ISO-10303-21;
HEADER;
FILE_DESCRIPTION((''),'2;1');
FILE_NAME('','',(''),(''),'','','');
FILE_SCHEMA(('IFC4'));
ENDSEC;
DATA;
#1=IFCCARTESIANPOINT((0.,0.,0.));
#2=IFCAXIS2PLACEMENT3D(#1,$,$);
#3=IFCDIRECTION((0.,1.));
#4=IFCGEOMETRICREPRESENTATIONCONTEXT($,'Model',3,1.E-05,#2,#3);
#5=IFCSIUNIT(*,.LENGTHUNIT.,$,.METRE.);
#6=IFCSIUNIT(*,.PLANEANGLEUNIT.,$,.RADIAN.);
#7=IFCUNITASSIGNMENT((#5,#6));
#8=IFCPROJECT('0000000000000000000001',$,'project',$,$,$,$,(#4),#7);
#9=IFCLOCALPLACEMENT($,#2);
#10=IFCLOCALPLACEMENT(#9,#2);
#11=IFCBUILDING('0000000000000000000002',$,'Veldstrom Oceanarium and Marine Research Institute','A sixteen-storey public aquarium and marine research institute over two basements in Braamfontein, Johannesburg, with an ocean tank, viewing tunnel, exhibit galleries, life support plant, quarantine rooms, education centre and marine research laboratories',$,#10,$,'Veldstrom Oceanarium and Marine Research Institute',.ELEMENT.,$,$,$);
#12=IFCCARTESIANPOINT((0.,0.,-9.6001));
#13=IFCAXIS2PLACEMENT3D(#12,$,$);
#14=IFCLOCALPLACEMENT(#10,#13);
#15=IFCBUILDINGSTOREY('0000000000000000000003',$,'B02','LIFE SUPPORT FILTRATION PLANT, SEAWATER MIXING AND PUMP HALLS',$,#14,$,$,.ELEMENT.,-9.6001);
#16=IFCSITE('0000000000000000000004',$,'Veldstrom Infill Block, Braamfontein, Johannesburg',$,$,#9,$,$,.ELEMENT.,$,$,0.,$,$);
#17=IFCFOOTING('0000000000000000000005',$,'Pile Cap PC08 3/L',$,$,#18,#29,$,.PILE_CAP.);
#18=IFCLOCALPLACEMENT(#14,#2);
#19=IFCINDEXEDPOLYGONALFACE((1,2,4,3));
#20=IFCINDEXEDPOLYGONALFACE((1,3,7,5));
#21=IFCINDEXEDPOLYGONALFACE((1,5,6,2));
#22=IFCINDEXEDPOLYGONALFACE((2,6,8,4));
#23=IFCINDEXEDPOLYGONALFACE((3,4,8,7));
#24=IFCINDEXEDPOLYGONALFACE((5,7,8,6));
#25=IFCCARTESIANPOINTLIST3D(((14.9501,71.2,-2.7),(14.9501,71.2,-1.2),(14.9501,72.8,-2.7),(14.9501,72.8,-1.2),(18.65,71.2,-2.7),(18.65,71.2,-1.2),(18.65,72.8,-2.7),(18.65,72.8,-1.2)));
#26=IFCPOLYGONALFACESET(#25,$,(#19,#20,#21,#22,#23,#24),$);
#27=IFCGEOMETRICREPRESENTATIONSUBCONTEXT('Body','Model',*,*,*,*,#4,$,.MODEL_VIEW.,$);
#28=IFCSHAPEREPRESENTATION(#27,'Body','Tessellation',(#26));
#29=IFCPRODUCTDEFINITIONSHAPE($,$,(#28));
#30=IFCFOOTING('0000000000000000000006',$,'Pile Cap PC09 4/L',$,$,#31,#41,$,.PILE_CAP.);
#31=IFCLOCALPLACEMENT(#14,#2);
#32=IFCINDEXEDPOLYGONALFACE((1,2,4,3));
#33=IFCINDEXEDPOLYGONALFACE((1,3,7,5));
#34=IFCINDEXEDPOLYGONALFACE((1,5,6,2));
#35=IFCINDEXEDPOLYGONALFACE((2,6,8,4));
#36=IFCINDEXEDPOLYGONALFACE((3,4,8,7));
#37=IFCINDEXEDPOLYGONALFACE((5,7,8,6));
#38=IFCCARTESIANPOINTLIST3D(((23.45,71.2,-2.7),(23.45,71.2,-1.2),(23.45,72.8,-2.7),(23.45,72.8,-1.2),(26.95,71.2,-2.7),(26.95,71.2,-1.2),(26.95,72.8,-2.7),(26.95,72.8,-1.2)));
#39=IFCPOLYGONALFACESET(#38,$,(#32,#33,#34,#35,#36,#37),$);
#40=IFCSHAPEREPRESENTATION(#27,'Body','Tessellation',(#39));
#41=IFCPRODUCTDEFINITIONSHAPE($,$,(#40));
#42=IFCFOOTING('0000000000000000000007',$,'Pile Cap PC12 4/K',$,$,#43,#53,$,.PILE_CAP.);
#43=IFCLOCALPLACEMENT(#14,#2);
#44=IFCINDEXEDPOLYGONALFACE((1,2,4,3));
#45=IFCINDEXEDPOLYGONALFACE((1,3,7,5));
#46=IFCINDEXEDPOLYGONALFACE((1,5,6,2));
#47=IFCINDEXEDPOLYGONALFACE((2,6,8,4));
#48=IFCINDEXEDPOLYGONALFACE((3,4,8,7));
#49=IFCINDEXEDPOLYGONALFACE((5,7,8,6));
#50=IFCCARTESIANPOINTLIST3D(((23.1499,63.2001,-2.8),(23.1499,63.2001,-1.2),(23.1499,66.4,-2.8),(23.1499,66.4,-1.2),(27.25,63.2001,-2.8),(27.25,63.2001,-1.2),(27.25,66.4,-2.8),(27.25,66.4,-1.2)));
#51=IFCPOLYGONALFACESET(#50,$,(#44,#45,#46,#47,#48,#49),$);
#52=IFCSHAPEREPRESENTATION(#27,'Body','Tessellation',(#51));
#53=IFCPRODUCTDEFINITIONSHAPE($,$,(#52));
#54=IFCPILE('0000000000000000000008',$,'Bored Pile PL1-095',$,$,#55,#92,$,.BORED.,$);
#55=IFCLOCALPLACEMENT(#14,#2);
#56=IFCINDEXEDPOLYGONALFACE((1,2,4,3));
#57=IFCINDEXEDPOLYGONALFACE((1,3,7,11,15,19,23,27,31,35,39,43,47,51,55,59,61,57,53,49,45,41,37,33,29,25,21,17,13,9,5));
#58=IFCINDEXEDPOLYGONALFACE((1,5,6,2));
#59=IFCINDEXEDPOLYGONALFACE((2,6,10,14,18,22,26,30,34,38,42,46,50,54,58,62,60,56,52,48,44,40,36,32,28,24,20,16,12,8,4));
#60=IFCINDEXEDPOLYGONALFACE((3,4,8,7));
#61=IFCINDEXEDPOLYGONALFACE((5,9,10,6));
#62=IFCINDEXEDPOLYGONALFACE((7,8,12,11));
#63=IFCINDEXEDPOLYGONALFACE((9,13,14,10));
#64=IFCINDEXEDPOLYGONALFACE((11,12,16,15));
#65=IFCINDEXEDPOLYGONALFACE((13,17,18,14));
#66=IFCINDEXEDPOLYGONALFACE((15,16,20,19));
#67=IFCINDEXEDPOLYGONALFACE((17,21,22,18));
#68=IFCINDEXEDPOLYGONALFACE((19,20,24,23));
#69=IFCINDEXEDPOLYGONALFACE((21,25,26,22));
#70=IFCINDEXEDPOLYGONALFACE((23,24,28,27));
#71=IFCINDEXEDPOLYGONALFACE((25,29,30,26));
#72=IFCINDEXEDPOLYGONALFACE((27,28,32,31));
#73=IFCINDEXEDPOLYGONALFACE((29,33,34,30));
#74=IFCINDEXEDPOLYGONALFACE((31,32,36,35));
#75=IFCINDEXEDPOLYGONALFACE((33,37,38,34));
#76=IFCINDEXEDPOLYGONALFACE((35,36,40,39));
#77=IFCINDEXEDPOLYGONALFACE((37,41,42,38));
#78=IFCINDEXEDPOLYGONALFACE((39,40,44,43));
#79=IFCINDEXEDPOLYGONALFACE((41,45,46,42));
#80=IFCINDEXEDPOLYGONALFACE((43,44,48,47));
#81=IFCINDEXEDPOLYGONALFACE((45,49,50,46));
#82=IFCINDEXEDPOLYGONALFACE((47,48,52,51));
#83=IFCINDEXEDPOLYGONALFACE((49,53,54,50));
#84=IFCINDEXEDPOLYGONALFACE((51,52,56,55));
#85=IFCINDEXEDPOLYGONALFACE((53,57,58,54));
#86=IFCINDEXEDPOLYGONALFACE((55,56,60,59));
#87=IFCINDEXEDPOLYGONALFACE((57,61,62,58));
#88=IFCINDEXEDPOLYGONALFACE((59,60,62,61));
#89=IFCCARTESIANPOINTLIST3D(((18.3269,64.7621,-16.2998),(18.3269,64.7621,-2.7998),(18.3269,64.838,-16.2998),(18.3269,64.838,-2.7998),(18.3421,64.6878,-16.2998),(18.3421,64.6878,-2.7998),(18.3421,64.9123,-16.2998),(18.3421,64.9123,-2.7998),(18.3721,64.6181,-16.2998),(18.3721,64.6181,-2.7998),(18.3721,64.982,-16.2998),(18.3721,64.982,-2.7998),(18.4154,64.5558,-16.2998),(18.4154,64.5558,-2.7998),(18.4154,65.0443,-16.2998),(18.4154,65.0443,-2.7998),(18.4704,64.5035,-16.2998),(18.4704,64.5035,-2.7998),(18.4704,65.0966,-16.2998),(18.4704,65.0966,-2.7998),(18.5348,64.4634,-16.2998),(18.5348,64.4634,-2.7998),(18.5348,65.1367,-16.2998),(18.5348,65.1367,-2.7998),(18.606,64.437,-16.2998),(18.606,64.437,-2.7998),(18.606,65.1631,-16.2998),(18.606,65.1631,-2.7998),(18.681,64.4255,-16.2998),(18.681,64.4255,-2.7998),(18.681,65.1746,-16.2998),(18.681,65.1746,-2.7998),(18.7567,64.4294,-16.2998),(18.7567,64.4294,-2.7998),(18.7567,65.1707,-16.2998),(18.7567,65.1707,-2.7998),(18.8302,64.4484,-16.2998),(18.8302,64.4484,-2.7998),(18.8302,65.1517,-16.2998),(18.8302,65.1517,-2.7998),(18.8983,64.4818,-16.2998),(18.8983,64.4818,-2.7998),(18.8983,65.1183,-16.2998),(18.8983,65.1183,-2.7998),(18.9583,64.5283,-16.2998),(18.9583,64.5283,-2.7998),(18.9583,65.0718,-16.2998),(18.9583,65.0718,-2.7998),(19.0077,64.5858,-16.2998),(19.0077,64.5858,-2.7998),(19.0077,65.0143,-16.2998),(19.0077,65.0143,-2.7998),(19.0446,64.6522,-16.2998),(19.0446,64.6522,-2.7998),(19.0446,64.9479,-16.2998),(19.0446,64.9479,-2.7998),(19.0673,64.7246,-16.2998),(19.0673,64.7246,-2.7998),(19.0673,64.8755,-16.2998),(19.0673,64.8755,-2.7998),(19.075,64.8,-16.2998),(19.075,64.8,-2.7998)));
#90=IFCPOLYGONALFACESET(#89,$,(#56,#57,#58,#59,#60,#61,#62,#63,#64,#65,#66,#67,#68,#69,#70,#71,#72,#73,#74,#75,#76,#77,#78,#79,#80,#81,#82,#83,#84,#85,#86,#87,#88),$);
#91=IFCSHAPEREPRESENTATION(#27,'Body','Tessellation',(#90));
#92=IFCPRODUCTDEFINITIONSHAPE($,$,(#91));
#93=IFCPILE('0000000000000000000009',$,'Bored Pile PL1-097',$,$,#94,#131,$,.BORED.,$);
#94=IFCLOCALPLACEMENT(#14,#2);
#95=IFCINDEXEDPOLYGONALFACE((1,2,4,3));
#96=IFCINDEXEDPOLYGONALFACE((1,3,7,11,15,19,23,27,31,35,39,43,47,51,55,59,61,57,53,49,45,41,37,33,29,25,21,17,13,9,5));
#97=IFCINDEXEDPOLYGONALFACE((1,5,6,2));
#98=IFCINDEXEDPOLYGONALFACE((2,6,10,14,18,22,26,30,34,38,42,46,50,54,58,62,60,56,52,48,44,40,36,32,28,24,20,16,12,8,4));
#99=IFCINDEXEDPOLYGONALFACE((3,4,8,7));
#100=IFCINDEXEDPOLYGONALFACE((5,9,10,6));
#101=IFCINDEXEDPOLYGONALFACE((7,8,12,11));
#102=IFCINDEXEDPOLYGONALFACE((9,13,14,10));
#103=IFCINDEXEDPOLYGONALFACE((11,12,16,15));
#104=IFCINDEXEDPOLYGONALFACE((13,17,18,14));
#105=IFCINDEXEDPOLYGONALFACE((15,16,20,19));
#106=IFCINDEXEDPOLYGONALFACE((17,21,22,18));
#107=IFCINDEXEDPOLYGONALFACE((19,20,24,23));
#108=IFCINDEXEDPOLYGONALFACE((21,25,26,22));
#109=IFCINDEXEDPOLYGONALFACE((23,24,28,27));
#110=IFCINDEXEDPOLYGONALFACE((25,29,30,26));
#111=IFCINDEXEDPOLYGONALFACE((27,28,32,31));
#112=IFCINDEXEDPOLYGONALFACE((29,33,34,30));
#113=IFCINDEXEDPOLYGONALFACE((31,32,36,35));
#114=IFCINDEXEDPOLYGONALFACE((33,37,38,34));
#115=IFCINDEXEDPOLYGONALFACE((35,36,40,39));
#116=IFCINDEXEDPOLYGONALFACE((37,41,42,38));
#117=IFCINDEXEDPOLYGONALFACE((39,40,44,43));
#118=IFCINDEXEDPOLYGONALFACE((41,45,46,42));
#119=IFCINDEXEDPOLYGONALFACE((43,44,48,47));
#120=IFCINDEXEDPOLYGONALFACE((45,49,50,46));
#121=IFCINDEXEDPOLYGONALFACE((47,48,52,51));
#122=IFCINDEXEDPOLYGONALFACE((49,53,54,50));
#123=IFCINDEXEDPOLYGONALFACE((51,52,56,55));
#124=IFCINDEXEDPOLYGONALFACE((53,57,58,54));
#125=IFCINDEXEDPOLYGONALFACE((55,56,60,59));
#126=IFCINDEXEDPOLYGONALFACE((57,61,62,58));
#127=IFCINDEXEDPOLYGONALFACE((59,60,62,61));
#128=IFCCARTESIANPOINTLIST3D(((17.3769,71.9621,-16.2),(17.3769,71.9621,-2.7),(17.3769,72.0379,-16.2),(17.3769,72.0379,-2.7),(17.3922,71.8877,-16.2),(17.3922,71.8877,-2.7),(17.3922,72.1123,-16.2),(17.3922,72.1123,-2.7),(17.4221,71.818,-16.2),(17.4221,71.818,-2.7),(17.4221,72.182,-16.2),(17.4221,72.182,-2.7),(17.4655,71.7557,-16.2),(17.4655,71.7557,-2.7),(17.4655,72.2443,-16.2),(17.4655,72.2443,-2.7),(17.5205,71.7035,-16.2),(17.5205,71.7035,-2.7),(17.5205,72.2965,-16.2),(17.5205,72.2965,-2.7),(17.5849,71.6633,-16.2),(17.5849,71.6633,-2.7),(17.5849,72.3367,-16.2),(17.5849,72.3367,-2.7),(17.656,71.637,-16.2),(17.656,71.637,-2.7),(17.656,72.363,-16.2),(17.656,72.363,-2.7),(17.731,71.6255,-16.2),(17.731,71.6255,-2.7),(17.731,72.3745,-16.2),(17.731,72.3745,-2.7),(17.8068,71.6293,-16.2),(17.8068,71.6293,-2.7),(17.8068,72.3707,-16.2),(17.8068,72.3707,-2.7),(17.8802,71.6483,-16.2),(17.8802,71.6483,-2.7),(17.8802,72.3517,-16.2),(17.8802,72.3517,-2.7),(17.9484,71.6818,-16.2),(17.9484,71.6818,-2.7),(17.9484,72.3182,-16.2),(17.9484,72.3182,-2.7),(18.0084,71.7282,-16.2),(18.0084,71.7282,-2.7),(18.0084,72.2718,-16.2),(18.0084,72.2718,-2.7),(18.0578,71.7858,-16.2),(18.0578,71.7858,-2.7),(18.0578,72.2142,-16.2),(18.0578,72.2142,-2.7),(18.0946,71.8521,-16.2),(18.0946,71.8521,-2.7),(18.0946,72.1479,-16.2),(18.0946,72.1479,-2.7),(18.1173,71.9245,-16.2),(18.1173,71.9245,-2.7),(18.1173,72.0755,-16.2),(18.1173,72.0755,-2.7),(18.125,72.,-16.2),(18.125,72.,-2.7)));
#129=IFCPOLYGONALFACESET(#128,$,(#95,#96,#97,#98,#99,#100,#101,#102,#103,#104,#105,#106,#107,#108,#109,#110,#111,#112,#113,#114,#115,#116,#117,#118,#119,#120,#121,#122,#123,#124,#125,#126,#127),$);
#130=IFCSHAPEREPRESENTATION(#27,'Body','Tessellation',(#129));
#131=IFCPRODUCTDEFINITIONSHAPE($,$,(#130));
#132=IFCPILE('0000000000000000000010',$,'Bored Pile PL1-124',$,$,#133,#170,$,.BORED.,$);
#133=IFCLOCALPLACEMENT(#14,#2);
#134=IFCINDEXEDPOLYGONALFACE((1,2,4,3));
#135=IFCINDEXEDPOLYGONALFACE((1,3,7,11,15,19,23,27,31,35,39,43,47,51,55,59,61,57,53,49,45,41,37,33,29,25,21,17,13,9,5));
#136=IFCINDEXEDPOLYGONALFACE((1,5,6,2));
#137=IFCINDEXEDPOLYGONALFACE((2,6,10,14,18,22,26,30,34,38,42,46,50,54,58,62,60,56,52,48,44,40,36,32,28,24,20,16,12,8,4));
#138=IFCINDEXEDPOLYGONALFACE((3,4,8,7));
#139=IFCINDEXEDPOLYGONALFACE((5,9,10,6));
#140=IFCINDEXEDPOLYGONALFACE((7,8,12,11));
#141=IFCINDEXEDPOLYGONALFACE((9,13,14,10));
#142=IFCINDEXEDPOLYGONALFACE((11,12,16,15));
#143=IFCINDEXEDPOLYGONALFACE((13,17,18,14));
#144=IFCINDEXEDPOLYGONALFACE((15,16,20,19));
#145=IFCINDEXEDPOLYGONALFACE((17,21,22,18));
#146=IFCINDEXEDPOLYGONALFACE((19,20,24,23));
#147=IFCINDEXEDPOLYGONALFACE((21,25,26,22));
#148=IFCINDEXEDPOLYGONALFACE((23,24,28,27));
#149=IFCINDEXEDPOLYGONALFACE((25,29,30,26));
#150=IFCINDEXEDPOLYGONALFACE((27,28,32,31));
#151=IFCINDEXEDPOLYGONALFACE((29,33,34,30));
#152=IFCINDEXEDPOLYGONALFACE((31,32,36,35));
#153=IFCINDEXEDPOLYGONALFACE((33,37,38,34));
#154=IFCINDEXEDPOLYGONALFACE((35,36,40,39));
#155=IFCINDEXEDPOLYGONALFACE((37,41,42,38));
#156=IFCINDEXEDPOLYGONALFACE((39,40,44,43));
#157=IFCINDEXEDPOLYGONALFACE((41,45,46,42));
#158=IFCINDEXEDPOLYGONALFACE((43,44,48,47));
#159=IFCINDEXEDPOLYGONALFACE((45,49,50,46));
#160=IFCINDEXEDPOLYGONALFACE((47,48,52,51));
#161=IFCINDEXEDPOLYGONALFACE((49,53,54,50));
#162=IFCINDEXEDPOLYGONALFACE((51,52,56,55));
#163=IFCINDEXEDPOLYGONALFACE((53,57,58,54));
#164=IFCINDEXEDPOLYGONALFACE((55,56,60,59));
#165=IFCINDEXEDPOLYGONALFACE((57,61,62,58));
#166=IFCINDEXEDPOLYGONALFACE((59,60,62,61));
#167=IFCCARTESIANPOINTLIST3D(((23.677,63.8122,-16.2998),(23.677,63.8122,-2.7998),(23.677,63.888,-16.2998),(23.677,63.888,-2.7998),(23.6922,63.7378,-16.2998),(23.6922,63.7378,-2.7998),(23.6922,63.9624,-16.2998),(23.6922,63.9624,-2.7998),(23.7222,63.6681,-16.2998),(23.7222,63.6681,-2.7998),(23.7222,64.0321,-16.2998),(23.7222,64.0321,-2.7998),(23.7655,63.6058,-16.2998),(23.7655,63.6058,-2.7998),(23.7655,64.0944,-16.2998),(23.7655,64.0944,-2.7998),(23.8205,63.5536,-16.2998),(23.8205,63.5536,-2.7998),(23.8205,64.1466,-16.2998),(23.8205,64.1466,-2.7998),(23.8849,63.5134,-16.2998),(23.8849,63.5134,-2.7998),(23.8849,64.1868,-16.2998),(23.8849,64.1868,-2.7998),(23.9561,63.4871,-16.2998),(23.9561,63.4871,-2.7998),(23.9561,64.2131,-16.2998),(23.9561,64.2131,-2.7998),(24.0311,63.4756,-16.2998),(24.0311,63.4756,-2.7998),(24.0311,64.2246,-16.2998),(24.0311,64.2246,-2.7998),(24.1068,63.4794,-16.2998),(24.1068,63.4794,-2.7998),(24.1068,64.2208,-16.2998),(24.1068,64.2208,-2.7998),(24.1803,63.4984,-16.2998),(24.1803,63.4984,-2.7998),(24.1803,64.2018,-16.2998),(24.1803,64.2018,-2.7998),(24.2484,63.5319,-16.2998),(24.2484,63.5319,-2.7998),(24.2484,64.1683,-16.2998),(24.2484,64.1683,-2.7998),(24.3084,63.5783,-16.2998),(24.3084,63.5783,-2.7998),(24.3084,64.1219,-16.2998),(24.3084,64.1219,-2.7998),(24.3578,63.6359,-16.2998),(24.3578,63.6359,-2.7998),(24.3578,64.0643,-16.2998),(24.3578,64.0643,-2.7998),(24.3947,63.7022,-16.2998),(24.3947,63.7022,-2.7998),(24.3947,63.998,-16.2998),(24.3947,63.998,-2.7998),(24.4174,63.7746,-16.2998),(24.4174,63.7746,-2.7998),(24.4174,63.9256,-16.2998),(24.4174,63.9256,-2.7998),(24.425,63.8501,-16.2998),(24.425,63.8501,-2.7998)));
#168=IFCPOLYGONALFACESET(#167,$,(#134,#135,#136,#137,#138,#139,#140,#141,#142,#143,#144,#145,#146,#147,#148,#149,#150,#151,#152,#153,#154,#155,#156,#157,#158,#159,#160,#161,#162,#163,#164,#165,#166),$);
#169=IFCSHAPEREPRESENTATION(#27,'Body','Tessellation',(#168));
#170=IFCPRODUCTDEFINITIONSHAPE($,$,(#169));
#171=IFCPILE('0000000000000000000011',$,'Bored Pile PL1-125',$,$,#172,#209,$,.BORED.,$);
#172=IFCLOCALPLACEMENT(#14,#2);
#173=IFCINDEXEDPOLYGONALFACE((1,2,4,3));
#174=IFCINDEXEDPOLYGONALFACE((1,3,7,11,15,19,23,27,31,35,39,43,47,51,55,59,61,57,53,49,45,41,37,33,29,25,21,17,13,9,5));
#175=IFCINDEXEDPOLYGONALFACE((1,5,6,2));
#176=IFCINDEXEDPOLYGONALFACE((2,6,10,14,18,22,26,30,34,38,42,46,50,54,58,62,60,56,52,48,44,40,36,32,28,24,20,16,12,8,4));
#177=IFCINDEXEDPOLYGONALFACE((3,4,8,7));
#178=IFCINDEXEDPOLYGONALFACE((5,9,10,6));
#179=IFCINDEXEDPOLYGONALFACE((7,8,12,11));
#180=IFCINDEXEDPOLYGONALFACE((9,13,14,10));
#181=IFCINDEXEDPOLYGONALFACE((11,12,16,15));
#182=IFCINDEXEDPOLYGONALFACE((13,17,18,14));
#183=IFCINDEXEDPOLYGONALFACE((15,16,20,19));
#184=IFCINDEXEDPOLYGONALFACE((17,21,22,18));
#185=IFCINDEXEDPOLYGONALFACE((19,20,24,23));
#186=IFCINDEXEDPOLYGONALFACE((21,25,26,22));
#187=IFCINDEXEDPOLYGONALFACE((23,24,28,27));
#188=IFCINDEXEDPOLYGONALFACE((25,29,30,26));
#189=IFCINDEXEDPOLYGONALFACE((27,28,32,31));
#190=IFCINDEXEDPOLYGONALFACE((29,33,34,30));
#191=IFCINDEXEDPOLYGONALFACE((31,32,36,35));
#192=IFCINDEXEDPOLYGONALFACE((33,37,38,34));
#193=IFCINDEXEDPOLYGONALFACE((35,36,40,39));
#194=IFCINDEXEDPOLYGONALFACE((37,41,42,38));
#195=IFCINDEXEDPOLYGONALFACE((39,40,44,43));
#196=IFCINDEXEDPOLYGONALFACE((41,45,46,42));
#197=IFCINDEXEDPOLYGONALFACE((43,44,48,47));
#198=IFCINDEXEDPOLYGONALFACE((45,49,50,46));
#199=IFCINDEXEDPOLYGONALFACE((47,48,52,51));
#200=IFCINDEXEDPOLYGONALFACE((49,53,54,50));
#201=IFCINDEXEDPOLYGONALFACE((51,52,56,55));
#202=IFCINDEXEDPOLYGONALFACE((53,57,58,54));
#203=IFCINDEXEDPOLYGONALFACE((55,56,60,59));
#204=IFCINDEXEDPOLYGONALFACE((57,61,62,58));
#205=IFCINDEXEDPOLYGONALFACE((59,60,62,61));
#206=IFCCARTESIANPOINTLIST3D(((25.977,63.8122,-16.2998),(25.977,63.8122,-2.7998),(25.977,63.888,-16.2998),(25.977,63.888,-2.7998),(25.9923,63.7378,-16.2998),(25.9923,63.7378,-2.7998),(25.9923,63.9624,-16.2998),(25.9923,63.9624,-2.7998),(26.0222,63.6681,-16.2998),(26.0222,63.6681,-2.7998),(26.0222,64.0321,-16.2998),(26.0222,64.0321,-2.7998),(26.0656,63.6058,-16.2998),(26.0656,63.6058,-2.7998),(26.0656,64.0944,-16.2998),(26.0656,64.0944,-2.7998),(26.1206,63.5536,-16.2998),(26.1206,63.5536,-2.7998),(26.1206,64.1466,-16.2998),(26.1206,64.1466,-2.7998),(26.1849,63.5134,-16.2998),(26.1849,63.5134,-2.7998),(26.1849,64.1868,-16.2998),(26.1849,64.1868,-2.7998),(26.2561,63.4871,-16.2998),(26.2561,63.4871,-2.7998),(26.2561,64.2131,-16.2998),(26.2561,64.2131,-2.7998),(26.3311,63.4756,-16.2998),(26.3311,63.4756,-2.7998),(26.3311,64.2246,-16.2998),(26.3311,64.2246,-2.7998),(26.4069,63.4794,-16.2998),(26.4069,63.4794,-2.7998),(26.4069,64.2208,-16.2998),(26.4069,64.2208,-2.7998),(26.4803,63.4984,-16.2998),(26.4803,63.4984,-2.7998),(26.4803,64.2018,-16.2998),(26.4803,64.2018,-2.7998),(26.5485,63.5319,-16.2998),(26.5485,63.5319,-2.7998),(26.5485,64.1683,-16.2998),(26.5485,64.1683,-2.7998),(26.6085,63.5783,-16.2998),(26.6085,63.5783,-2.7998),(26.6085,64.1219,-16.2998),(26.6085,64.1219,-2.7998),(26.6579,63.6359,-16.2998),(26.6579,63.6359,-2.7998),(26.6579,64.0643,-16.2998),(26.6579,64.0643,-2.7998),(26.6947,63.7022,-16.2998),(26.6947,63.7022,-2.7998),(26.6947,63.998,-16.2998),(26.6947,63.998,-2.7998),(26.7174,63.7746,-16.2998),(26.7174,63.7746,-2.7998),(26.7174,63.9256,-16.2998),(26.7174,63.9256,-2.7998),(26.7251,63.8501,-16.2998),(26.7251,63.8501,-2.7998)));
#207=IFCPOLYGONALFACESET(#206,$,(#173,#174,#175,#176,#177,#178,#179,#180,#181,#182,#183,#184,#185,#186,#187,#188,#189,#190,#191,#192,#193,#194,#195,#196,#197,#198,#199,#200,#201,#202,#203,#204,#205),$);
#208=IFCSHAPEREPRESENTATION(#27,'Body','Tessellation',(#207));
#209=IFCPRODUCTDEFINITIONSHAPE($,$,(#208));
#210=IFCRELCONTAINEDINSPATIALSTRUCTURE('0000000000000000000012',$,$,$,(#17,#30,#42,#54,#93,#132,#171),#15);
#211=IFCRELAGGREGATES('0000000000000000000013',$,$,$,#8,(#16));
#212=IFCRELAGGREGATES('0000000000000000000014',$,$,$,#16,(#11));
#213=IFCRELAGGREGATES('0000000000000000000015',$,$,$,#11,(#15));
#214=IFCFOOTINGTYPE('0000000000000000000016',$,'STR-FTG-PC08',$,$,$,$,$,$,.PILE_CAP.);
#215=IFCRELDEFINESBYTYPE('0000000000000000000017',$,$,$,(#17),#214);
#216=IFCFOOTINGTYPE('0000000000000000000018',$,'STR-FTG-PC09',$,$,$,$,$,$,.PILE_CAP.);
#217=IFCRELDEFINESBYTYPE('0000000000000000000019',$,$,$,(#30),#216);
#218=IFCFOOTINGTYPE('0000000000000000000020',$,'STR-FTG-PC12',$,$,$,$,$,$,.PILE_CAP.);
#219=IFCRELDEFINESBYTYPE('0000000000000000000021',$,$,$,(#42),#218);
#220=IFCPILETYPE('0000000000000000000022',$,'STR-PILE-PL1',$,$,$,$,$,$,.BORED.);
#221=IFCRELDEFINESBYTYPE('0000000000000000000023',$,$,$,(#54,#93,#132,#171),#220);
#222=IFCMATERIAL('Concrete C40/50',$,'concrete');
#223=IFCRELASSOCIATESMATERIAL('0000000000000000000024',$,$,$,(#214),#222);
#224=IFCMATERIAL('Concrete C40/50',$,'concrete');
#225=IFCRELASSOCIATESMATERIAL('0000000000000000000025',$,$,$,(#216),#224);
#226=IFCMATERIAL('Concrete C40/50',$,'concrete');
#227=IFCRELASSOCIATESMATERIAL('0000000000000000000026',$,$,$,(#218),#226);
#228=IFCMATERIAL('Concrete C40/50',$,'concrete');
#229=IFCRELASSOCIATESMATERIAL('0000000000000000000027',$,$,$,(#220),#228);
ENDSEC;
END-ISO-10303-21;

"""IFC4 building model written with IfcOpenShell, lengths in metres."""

from ifc_helpers import new_model, si_unit, direction, frame, origin, origin_2d, place, context, subcontext, project, spatial, rectangle, circle, extrude, material, material_profile, profile_set, type_object, element, save


model = new_model("IFC4")

# Units and contexts
model_context = context("Model", 3, precision=1e-05, world=origin(), true_north=direction((0.0, 1.0)))
body_context = subcontext(model_context, "Body", "Model", "MODEL_VIEW")
ifc_project = project(units=[si_unit("LENGTHUNIT", "METRE"), si_unit("PLANEANGLEUNIT", "RADIAN")], contexts=[model_context])

# Site, building, storey
site_placement = place(None, origin())
site = spatial("IfcSite", under=ifc_project, at=site_placement, Name="Veldstrom Infill Block, Braamfontein, Johannesburg", CompositionType="ELEMENT", RefElevation=0.0)
building_placement = place(site_placement, origin())
building = spatial("IfcBuilding", under=site, at=building_placement, Name="Veldstrom Oceanarium and Marine Research Institute", Description="A sixteen-storey public aquarium and marine research institute over two basements in Braamfontein, Johannesburg, with an ocean tank, viewing tunnel, exhibit galleries, life support plant, quarantine rooms, education centre and marine research laboratories", LongName="Veldstrom Oceanarium and Marine Research Institute", CompositionType="ELEMENT")
storey_placement = place(building_placement, frame((0.0, 0.0, -9.6001)))
storey = spatial("IfcBuildingStorey", under=building, at=storey_placement, Name="B02", Description="LIFE SUPPORT FILTRATION PLANT, SEAWATER MIXING AND PUMP HALLS", CompositionType="ELEMENT", Elevation=-9.6001)

# Footings
ifc_material_1 = material(Name="Concrete C40/50", Category="concrete")
footing_type_1 = type_object("IfcFootingType", Name="STR-FTG-PC08", PredefinedType="PILE_CAP", material=ifc_material_1)
footing_1_placement = place(storey_placement, frame((16.8, 72.0, -2.7), z_axis=(0.0, 0.0, 1.0), x_axis=(1.0, 0.0, 0.0)))
element("IfcFooting", 1, at=footing_1_placement, inside=storey, type_object=footing_type_1, Name="Pile Cap PC08 3/L", PredefinedType="PILE_CAP", context=body_context, shape_type="SweptSolid", body=[
    extrude(rectangle(XDim=3.7, YDim=1.6001, at=origin_2d()), origin(), (0.0, 0.0, 1.0), 1.5),
])
ifc_material_2 = material(Name="Concrete C40/50", Category="concrete")
footing_type_2 = type_object("IfcFootingType", Name="STR-FTG-PC09", PredefinedType="PILE_CAP", material=ifc_material_2)
footing_2_placement = place(storey_placement, frame((25.2, 72.0, -2.7), z_axis=(0.0, 0.0, 1.0), x_axis=(1.0, 0.0, 0.0)))
element("IfcFooting", 2, at=footing_2_placement, inside=storey, type_object=footing_type_2, Name="Pile Cap PC09 4/L", PredefinedType="PILE_CAP", context=body_context, shape_type="SweptSolid", body=[
    extrude(rectangle(XDim=3.5, YDim=1.6001, at=origin_2d()), origin(), (0.0, 0.0, 1.0), 1.5),
])
ifc_material_3 = material(Name="Concrete C40/50", Category="concrete")
footing_type_3 = type_object("IfcFootingType", Name="STR-FTG-PC12", PredefinedType="PILE_CAP", material=ifc_material_3)
footing_3_placement = place(storey_placement, frame((25.2, 64.8, -2.8), z_axis=(0.0, 0.0, 1.0), x_axis=(1.0, 0.0, 0.0)))
element("IfcFooting", 3, at=footing_3_placement, inside=storey, type_object=footing_type_3, Name="Pile Cap PC12 4/K", PredefinedType="PILE_CAP", context=body_context, shape_type="SweptSolid", body=[
    extrude(rectangle(XDim=4.1001, YDim=3.2, at=origin_2d()), origin(), (0.0, 0.0, 1.0), 1.6001),
])

# Piles
ifc_material_4 = material(Name="Concrete C40/50", Category="concrete")
ifc_material_profile_1 = material_profile(ifc_material_4, circle(Radius=0.375, at=origin_2d()), Name="PILE-D750")
ifc_profile_set_1 = profile_set([ifc_material_profile_1], Name="Concrete C40/50")
pile_type = type_object("IfcPileType", Name="STR-PILE-PL1", PredefinedType="BORED", material=ifc_profile_set_1)
for number, where, z_axis, x_axis, name in (
    (4, (18.7, 64.8, -2.7998), (0.0, 0.0, -1.0), (1.0, 0.0, 0.0), "Bored Pile PL1-095"),
    (5, (17.75, 72.0, -2.7), (0.0, 0.0, -1.0), (1.0, 0.0, 0.0), "Bored Pile PL1-097"),
    (6, (24.05, 63.8501, -2.7998), (0.0, 0.0, -1.0), (1.0, 0.0, 0.0), "Bored Pile PL1-124"),
    (7, (26.3501, 63.8501, -2.7998), (0.0, 0.0, -1.0), (1.0, 0.0, 0.0), "Bored Pile PL1-125"),
):
    element("IfcPile", number, at=place(storey_placement, frame(where, z_axis=z_axis, x_axis=x_axis)), inside=storey, type_object=pile_type, Name=name, PredefinedType="BORED", context=body_context, shape_type="SweptSolid", body=[
        extrude(circle(Radius=0.375, at=origin_2d()), origin(), (0.0, 0.0, 1.0), 13.5),
    ])

save(model, "model.ifc")
